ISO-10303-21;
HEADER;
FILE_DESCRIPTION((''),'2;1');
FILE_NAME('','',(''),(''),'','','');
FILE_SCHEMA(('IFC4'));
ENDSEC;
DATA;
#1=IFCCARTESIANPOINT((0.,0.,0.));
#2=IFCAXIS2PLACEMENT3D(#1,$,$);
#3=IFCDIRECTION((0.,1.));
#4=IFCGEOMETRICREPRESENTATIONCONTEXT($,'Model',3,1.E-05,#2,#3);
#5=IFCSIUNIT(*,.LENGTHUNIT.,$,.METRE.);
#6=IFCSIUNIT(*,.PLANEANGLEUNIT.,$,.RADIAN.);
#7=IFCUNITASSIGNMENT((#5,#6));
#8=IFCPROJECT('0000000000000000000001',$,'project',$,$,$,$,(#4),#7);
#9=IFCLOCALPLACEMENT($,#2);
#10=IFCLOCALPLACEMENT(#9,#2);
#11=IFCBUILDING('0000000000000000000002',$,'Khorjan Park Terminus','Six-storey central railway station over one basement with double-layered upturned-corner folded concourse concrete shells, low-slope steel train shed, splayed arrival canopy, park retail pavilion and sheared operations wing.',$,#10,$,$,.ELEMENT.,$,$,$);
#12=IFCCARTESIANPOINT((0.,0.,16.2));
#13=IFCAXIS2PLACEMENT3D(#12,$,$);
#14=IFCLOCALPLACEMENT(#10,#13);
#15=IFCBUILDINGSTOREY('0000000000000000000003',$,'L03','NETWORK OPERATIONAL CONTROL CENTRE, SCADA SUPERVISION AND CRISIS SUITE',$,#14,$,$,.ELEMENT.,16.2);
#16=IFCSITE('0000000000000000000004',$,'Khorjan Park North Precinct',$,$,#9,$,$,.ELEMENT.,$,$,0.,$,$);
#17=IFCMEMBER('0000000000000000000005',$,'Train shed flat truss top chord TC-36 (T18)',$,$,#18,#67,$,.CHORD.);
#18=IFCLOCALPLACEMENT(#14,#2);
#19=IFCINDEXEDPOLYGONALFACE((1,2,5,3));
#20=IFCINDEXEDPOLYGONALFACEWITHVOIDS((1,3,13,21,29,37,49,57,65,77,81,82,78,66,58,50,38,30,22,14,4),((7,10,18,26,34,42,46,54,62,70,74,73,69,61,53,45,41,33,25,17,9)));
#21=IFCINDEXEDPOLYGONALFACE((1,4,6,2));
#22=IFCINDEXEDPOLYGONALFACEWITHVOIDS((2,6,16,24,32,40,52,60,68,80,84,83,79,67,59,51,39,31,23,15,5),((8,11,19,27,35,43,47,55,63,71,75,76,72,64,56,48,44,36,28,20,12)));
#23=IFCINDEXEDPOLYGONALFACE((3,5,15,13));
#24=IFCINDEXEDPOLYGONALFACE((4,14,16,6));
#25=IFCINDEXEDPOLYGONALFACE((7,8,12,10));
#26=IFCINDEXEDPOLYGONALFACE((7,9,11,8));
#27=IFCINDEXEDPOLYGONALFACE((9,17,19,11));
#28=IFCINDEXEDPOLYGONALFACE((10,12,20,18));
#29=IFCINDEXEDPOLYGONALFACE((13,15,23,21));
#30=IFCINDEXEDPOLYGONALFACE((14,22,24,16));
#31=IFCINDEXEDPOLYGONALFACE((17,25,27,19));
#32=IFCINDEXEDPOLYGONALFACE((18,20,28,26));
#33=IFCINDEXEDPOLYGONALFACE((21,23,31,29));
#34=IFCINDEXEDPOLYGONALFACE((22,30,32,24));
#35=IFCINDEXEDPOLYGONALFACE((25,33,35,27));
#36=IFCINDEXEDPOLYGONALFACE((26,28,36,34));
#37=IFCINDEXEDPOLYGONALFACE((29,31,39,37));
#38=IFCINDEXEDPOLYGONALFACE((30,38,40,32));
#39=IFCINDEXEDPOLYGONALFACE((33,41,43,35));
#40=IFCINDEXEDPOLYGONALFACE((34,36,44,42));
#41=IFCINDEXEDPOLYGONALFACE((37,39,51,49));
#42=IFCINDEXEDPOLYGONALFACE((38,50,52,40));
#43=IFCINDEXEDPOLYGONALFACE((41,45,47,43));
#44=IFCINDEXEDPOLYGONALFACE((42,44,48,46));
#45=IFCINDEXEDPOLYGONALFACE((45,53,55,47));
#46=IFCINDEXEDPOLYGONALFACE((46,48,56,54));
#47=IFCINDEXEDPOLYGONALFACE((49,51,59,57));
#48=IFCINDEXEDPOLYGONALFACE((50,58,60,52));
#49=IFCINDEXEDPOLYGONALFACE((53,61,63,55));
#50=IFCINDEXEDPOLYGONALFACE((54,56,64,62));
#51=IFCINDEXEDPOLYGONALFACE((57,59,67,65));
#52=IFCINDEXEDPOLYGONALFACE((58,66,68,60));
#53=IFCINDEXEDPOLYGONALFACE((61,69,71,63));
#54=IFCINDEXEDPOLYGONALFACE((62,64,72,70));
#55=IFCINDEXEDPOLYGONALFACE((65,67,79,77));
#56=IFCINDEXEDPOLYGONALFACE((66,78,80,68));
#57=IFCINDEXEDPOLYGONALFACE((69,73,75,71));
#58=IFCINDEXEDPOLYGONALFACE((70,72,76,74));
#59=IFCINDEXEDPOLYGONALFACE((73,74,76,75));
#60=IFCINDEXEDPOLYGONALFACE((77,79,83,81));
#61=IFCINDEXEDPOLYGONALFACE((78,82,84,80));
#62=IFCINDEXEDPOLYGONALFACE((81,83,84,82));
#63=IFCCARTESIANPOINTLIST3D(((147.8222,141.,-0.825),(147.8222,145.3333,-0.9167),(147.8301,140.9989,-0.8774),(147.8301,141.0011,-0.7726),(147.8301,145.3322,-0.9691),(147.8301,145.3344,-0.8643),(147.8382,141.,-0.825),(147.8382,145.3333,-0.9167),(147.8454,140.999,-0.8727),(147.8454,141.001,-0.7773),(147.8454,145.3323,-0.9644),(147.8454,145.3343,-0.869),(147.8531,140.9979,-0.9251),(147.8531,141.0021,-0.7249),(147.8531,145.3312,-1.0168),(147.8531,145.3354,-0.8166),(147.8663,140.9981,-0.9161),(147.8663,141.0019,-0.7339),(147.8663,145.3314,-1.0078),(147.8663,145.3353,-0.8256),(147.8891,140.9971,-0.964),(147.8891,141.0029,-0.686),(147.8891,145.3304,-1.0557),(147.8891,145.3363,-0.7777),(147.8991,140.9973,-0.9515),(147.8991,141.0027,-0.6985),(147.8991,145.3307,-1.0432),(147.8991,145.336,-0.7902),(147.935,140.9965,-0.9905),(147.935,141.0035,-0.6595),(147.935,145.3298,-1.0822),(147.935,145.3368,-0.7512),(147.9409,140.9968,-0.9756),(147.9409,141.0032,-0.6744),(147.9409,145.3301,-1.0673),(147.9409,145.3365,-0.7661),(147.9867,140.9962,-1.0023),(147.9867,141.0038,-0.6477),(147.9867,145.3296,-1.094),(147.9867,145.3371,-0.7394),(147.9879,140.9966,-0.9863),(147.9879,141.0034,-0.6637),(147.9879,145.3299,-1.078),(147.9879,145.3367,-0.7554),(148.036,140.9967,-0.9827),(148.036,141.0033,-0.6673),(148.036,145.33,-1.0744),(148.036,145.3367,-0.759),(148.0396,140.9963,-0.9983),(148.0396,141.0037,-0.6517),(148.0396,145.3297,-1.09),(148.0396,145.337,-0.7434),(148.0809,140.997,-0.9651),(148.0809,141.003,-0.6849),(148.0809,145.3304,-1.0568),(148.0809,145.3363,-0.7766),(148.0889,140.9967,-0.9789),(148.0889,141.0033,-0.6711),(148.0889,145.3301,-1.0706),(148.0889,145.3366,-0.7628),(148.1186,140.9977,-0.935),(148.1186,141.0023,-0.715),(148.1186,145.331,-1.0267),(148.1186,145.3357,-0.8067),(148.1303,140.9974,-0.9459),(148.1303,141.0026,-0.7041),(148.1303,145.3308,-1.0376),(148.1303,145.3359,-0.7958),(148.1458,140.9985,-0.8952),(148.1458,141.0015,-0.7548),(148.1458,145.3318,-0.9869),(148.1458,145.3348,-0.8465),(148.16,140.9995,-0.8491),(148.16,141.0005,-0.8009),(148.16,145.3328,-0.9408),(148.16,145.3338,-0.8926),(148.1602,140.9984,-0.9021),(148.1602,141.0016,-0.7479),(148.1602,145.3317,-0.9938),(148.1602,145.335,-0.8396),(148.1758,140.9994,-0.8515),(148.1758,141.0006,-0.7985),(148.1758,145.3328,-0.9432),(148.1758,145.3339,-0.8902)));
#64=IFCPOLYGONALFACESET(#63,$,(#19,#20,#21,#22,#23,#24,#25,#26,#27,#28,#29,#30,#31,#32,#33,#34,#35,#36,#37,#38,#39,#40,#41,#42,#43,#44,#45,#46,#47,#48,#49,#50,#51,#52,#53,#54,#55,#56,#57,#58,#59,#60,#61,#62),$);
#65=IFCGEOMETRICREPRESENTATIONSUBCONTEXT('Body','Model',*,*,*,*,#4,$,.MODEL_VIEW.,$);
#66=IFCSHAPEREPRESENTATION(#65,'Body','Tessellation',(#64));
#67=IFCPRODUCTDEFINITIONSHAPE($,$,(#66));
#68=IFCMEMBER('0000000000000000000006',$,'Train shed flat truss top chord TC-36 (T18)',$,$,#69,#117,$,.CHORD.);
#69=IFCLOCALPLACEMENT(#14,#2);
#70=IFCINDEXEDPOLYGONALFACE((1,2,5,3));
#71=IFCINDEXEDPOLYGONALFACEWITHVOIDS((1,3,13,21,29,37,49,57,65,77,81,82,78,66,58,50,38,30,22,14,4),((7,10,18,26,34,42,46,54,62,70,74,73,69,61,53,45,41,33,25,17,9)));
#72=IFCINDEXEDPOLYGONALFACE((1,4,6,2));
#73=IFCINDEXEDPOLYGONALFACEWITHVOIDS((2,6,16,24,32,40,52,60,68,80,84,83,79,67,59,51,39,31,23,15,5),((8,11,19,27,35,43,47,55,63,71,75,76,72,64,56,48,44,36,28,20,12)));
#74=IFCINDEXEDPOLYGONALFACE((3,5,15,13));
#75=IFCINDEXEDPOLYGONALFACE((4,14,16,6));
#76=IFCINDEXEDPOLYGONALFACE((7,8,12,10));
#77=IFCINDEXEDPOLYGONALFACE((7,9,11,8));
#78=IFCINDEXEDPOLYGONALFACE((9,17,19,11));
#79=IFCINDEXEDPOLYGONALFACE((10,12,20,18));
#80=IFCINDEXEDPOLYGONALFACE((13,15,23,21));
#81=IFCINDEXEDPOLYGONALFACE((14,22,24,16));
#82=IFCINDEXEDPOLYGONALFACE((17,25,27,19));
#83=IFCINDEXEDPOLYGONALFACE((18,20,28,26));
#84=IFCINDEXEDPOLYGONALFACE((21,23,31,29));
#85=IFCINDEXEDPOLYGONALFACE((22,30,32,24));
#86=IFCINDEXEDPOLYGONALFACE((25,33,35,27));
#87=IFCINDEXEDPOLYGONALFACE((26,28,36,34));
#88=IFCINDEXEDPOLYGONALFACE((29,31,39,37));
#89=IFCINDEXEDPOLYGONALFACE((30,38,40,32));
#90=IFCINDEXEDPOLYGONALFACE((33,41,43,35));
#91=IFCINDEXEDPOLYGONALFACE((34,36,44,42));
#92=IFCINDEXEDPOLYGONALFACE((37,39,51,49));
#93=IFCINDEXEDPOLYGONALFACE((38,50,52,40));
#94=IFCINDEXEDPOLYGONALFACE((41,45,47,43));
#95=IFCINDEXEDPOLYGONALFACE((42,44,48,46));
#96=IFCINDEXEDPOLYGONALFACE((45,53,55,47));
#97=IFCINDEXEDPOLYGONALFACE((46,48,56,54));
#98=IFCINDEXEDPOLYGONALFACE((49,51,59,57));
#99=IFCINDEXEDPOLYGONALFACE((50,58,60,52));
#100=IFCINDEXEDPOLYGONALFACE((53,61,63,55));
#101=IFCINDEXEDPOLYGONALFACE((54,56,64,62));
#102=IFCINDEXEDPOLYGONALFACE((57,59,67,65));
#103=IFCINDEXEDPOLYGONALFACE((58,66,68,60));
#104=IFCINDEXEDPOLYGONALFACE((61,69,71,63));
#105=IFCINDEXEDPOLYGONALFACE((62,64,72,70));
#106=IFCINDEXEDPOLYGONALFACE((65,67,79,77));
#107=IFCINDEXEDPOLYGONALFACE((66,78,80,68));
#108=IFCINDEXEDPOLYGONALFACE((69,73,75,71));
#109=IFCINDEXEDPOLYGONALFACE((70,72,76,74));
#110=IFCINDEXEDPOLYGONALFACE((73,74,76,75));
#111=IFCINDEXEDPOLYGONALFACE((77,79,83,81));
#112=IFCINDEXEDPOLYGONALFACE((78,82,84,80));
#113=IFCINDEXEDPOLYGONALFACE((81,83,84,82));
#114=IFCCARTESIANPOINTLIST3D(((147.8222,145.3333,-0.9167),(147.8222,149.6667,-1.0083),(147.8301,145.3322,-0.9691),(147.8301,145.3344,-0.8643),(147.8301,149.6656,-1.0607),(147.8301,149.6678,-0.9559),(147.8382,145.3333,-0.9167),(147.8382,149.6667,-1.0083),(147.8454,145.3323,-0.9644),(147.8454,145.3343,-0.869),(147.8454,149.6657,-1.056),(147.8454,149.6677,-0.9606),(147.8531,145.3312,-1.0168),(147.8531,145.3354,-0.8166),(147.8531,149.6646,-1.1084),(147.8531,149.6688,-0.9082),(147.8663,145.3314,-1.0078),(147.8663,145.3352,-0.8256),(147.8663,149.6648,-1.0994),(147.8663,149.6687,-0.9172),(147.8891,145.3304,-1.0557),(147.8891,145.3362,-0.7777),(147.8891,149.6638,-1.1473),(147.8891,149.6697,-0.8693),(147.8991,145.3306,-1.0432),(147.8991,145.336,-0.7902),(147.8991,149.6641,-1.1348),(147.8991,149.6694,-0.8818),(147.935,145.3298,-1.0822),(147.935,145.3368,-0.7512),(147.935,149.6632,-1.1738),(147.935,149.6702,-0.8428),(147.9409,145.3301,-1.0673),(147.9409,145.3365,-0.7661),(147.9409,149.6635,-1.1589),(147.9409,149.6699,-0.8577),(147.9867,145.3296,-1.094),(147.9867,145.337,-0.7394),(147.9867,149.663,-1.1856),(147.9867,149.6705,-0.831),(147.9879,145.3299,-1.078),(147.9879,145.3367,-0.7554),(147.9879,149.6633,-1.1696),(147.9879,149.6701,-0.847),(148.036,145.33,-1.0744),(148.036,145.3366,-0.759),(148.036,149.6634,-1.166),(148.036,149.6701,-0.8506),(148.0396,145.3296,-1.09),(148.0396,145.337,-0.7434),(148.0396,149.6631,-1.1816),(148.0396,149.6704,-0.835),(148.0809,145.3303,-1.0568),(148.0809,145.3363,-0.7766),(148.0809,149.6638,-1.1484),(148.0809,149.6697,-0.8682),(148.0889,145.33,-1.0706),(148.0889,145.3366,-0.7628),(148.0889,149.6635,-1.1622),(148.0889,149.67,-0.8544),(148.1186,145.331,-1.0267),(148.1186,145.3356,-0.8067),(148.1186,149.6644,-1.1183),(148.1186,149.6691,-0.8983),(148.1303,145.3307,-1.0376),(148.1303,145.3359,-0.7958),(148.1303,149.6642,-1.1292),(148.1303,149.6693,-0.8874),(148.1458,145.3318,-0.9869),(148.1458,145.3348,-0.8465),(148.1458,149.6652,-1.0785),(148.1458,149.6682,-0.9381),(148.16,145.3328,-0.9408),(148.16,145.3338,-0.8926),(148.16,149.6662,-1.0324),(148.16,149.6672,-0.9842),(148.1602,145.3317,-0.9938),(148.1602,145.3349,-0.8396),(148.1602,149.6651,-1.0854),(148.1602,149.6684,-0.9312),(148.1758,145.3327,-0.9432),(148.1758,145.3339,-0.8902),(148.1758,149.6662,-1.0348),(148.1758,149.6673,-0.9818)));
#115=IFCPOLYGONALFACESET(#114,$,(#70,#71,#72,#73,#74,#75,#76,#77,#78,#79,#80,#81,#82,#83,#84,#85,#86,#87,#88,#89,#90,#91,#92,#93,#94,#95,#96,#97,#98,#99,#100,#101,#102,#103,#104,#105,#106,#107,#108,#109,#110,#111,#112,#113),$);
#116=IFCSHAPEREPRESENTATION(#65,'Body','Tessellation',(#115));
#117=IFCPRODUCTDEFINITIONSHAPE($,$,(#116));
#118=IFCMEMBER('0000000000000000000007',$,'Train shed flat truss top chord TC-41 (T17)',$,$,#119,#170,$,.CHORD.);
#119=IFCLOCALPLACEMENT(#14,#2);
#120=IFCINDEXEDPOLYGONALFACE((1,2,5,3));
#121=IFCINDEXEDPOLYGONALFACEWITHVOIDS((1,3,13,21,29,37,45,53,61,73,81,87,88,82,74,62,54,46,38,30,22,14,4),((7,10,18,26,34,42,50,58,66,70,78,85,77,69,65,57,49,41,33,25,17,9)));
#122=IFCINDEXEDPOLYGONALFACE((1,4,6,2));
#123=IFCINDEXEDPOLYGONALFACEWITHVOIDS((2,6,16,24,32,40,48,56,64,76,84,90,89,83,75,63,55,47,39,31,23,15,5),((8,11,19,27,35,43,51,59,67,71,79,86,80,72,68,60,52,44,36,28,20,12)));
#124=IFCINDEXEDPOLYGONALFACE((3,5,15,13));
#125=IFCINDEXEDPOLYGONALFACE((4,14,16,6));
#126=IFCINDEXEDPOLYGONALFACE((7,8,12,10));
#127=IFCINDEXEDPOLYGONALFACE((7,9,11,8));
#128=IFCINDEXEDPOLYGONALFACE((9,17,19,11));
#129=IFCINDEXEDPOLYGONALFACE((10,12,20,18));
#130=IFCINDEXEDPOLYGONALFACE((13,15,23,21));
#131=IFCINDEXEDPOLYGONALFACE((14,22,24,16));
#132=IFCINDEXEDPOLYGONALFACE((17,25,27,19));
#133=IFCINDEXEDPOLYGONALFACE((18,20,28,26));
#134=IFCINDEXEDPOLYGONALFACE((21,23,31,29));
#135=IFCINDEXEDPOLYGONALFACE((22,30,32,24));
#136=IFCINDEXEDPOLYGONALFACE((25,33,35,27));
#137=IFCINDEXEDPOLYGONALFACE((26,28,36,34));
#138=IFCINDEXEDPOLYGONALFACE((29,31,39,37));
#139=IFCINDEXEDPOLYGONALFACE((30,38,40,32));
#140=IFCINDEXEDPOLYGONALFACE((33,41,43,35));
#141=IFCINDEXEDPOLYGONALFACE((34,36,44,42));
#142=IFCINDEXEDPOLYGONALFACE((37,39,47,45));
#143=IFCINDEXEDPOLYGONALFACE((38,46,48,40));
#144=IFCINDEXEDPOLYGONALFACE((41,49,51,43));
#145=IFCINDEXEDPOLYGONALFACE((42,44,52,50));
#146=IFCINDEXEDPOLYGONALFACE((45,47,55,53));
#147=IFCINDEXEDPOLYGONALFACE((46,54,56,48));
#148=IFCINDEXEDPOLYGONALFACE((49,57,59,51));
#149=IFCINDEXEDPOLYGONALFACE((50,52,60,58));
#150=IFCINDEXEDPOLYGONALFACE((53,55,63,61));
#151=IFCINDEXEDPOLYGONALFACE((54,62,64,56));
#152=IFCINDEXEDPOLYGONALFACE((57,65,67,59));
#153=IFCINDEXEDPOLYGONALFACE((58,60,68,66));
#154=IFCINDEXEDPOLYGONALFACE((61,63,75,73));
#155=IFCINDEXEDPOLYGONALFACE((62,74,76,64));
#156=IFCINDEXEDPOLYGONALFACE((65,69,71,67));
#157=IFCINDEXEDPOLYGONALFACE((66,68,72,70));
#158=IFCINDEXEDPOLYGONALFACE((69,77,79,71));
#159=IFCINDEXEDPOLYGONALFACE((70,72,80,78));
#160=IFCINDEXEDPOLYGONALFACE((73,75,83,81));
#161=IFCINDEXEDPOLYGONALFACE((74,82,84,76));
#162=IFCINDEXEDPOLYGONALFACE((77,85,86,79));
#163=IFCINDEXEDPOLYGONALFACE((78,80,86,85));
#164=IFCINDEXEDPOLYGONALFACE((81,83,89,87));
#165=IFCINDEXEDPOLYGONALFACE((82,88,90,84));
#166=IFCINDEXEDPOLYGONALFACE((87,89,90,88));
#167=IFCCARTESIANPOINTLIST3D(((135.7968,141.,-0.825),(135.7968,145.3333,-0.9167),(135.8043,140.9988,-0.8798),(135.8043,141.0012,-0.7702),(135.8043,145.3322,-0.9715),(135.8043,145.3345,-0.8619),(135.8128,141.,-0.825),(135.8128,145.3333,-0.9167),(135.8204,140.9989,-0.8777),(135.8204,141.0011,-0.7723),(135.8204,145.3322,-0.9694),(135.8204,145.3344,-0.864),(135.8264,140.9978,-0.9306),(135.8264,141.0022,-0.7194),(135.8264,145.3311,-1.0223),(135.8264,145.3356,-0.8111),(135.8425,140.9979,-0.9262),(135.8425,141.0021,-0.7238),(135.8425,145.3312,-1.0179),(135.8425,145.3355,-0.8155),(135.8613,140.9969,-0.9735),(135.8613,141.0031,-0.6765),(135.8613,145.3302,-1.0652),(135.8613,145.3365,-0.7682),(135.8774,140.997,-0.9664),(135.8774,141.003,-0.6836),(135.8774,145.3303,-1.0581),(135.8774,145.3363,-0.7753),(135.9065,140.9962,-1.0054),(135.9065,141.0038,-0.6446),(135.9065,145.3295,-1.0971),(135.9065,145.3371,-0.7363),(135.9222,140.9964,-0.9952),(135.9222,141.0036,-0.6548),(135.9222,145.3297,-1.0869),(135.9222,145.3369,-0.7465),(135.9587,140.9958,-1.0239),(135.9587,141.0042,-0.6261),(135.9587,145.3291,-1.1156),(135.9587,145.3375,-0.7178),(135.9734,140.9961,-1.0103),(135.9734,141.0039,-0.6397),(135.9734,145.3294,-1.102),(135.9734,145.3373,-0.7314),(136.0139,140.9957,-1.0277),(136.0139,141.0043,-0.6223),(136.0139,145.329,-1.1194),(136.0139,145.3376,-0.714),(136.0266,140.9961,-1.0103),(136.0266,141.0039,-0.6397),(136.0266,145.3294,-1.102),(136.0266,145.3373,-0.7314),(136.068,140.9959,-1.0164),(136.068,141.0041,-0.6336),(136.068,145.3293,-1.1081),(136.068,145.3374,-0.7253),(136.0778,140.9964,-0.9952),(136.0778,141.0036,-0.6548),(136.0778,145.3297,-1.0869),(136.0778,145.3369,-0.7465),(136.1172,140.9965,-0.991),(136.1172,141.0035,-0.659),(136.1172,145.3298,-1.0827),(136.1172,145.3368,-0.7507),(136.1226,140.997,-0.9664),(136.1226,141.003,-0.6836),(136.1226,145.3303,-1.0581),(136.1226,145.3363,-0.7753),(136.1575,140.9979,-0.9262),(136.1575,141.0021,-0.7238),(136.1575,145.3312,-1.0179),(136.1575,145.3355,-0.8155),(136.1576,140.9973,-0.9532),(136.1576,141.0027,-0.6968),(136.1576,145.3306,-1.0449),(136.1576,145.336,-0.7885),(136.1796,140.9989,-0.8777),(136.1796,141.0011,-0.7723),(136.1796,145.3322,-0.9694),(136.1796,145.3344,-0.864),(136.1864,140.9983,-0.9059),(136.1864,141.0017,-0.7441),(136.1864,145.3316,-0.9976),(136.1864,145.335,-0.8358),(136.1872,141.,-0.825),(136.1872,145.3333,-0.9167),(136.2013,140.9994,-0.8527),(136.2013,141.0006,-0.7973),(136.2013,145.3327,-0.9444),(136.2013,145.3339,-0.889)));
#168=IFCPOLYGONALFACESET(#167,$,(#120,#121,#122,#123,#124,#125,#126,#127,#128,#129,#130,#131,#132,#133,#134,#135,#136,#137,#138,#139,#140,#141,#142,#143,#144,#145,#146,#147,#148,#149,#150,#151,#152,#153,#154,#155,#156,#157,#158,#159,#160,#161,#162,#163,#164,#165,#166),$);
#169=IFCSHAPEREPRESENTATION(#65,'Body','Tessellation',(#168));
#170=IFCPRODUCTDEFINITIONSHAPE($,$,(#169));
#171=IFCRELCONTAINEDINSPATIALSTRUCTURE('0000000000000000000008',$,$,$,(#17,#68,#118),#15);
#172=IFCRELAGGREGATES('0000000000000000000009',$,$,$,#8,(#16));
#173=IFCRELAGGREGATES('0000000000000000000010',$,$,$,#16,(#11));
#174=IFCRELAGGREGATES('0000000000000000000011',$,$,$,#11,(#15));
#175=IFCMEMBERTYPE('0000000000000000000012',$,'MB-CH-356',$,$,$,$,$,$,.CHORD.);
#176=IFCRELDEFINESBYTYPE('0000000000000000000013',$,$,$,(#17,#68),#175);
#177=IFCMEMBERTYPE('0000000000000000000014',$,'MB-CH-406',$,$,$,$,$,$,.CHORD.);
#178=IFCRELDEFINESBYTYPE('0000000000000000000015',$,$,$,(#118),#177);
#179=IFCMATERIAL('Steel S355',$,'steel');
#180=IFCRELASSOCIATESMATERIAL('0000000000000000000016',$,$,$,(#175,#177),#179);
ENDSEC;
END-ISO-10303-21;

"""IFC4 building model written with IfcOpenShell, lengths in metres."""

from ifc_helpers import new_model, si_unit, direction, frame, origin, origin_2d, place, context, subcontext, project, spatial, hollow_circle, extrude, material, material_profile, profile_set, type_object, element, save


model = new_model("IFC4")

# Units and contexts
model_context = context("Model", 3, precision=1e-05, world=origin(), true_north=direction((0.0, 1.0)))
body_context = subcontext(model_context, "Body", "Model", "MODEL_VIEW")
ifc_project = project(units=[si_unit("LENGTHUNIT", "METRE"), si_unit("PLANEANGLEUNIT", "RADIAN")], contexts=[model_context])

# Site, building, storey
site_placement = place(None, origin())
site = spatial("IfcSite", under=ifc_project, at=site_placement, Name="Khorjan Park North Precinct", CompositionType="ELEMENT", RefElevation=0.0)
building_placement = place(site_placement, origin())
building = spatial("IfcBuilding", under=site, at=building_placement, Name="Khorjan Park Terminus", Description="Six-storey central railway station over one basement with double-layered upturned-corner folded concourse concrete shells, low-slope steel train shed, splayed arrival canopy, park retail pavilion and sheared operations wing.", CompositionType="ELEMENT")
storey_placement = place(building_placement, frame((0.0, 0.0, 16.2)))
storey = spatial("IfcBuildingStorey", under=building, at=storey_placement, Name="L03", Description="NETWORK OPERATIONAL CONTROL CENTRE, SCADA SUPERVISION AND CRISIS SUITE", CompositionType="ELEMENT", Elevation=16.2)

# Members
ifc_material = material(Name="Steel S355", Category="steel")
ifc_material_profile_1 = material_profile(ifc_material, hollow_circle(Radius=0.1778, WallThickness=0.016, at=origin_2d()), Name="CHS 355.6x16")
ifc_profile_set_1 = profile_set([ifc_material_profile_1], Name="Steel S355")
member_type_1 = type_object("IfcMemberType", Name="MB-CH-356", PredefinedType="CHORD", material=ifc_profile_set_1)
member_1_placement = place(storey_placement, frame((148.0, 141.0, -0.825), z_axis=(0.0, 0.999776, -0.021157), x_axis=(-1.0, 0.0, 0.0)))
element("IfcMember", 1, at=member_1_placement, inside=storey, type_object=member_type_1, Name="Train shed flat truss top chord TC-36 (T18)", PredefinedType="CHORD", context=body_context, shape_type="SweptSolid", body=[
    extrude(hollow_circle(Radius=0.1778, WallThickness=0.016, at=origin_2d()), origin(), (0.0, 0.0, 1.0), 4.3343),
])
member_2_placement = place(storey_placement, frame((148.0, 145.3333, -0.9167), z_axis=(0.0, 0.999777, -0.021133), x_axis=(-1.0, 0.0, 0.0)))
element("IfcMember", 2, at=member_2_placement, inside=storey, type_object=member_type_1, Name="Train shed flat truss top chord TC-36 (T18)", PredefinedType="CHORD", context=body_context, shape_type="SweptSolid", body=[
    extrude(hollow_circle(Radius=0.1778, WallThickness=0.016, at=origin_2d()), origin(), (0.0, 0.0, 1.0), 4.3344),
])
ifc_material_profile_2 = material_profile(ifc_material, hollow_circle(Radius=0.2032, WallThickness=0.016, at=origin_2d()), Name="CHS 406.4x16")
ifc_profile_set_2 = profile_set([ifc_material_profile_2], Name="Steel S355")
member_type_2 = type_object("IfcMemberType", Name="MB-CH-406", PredefinedType="CHORD", material=ifc_profile_set_2)
member_3_placement = place(storey_placement, frame((136.0, 141.0, -0.825), z_axis=(0.0, 0.999776, -0.021157), x_axis=(-1.0, 0.0, 0.0)))
element("IfcMember", 3, at=member_3_placement, inside=storey, type_object=member_type_2, Name="Train shed flat truss top chord TC-41 (T17)", PredefinedType="CHORD", context=body_context, shape_type="SweptSolid", body=[
    extrude(hollow_circle(Radius=0.2032, WallThickness=0.016, at=origin_2d()), origin(), (0.0, 0.0, 1.0), 4.3343),
])

save(model, "model.ifc")
